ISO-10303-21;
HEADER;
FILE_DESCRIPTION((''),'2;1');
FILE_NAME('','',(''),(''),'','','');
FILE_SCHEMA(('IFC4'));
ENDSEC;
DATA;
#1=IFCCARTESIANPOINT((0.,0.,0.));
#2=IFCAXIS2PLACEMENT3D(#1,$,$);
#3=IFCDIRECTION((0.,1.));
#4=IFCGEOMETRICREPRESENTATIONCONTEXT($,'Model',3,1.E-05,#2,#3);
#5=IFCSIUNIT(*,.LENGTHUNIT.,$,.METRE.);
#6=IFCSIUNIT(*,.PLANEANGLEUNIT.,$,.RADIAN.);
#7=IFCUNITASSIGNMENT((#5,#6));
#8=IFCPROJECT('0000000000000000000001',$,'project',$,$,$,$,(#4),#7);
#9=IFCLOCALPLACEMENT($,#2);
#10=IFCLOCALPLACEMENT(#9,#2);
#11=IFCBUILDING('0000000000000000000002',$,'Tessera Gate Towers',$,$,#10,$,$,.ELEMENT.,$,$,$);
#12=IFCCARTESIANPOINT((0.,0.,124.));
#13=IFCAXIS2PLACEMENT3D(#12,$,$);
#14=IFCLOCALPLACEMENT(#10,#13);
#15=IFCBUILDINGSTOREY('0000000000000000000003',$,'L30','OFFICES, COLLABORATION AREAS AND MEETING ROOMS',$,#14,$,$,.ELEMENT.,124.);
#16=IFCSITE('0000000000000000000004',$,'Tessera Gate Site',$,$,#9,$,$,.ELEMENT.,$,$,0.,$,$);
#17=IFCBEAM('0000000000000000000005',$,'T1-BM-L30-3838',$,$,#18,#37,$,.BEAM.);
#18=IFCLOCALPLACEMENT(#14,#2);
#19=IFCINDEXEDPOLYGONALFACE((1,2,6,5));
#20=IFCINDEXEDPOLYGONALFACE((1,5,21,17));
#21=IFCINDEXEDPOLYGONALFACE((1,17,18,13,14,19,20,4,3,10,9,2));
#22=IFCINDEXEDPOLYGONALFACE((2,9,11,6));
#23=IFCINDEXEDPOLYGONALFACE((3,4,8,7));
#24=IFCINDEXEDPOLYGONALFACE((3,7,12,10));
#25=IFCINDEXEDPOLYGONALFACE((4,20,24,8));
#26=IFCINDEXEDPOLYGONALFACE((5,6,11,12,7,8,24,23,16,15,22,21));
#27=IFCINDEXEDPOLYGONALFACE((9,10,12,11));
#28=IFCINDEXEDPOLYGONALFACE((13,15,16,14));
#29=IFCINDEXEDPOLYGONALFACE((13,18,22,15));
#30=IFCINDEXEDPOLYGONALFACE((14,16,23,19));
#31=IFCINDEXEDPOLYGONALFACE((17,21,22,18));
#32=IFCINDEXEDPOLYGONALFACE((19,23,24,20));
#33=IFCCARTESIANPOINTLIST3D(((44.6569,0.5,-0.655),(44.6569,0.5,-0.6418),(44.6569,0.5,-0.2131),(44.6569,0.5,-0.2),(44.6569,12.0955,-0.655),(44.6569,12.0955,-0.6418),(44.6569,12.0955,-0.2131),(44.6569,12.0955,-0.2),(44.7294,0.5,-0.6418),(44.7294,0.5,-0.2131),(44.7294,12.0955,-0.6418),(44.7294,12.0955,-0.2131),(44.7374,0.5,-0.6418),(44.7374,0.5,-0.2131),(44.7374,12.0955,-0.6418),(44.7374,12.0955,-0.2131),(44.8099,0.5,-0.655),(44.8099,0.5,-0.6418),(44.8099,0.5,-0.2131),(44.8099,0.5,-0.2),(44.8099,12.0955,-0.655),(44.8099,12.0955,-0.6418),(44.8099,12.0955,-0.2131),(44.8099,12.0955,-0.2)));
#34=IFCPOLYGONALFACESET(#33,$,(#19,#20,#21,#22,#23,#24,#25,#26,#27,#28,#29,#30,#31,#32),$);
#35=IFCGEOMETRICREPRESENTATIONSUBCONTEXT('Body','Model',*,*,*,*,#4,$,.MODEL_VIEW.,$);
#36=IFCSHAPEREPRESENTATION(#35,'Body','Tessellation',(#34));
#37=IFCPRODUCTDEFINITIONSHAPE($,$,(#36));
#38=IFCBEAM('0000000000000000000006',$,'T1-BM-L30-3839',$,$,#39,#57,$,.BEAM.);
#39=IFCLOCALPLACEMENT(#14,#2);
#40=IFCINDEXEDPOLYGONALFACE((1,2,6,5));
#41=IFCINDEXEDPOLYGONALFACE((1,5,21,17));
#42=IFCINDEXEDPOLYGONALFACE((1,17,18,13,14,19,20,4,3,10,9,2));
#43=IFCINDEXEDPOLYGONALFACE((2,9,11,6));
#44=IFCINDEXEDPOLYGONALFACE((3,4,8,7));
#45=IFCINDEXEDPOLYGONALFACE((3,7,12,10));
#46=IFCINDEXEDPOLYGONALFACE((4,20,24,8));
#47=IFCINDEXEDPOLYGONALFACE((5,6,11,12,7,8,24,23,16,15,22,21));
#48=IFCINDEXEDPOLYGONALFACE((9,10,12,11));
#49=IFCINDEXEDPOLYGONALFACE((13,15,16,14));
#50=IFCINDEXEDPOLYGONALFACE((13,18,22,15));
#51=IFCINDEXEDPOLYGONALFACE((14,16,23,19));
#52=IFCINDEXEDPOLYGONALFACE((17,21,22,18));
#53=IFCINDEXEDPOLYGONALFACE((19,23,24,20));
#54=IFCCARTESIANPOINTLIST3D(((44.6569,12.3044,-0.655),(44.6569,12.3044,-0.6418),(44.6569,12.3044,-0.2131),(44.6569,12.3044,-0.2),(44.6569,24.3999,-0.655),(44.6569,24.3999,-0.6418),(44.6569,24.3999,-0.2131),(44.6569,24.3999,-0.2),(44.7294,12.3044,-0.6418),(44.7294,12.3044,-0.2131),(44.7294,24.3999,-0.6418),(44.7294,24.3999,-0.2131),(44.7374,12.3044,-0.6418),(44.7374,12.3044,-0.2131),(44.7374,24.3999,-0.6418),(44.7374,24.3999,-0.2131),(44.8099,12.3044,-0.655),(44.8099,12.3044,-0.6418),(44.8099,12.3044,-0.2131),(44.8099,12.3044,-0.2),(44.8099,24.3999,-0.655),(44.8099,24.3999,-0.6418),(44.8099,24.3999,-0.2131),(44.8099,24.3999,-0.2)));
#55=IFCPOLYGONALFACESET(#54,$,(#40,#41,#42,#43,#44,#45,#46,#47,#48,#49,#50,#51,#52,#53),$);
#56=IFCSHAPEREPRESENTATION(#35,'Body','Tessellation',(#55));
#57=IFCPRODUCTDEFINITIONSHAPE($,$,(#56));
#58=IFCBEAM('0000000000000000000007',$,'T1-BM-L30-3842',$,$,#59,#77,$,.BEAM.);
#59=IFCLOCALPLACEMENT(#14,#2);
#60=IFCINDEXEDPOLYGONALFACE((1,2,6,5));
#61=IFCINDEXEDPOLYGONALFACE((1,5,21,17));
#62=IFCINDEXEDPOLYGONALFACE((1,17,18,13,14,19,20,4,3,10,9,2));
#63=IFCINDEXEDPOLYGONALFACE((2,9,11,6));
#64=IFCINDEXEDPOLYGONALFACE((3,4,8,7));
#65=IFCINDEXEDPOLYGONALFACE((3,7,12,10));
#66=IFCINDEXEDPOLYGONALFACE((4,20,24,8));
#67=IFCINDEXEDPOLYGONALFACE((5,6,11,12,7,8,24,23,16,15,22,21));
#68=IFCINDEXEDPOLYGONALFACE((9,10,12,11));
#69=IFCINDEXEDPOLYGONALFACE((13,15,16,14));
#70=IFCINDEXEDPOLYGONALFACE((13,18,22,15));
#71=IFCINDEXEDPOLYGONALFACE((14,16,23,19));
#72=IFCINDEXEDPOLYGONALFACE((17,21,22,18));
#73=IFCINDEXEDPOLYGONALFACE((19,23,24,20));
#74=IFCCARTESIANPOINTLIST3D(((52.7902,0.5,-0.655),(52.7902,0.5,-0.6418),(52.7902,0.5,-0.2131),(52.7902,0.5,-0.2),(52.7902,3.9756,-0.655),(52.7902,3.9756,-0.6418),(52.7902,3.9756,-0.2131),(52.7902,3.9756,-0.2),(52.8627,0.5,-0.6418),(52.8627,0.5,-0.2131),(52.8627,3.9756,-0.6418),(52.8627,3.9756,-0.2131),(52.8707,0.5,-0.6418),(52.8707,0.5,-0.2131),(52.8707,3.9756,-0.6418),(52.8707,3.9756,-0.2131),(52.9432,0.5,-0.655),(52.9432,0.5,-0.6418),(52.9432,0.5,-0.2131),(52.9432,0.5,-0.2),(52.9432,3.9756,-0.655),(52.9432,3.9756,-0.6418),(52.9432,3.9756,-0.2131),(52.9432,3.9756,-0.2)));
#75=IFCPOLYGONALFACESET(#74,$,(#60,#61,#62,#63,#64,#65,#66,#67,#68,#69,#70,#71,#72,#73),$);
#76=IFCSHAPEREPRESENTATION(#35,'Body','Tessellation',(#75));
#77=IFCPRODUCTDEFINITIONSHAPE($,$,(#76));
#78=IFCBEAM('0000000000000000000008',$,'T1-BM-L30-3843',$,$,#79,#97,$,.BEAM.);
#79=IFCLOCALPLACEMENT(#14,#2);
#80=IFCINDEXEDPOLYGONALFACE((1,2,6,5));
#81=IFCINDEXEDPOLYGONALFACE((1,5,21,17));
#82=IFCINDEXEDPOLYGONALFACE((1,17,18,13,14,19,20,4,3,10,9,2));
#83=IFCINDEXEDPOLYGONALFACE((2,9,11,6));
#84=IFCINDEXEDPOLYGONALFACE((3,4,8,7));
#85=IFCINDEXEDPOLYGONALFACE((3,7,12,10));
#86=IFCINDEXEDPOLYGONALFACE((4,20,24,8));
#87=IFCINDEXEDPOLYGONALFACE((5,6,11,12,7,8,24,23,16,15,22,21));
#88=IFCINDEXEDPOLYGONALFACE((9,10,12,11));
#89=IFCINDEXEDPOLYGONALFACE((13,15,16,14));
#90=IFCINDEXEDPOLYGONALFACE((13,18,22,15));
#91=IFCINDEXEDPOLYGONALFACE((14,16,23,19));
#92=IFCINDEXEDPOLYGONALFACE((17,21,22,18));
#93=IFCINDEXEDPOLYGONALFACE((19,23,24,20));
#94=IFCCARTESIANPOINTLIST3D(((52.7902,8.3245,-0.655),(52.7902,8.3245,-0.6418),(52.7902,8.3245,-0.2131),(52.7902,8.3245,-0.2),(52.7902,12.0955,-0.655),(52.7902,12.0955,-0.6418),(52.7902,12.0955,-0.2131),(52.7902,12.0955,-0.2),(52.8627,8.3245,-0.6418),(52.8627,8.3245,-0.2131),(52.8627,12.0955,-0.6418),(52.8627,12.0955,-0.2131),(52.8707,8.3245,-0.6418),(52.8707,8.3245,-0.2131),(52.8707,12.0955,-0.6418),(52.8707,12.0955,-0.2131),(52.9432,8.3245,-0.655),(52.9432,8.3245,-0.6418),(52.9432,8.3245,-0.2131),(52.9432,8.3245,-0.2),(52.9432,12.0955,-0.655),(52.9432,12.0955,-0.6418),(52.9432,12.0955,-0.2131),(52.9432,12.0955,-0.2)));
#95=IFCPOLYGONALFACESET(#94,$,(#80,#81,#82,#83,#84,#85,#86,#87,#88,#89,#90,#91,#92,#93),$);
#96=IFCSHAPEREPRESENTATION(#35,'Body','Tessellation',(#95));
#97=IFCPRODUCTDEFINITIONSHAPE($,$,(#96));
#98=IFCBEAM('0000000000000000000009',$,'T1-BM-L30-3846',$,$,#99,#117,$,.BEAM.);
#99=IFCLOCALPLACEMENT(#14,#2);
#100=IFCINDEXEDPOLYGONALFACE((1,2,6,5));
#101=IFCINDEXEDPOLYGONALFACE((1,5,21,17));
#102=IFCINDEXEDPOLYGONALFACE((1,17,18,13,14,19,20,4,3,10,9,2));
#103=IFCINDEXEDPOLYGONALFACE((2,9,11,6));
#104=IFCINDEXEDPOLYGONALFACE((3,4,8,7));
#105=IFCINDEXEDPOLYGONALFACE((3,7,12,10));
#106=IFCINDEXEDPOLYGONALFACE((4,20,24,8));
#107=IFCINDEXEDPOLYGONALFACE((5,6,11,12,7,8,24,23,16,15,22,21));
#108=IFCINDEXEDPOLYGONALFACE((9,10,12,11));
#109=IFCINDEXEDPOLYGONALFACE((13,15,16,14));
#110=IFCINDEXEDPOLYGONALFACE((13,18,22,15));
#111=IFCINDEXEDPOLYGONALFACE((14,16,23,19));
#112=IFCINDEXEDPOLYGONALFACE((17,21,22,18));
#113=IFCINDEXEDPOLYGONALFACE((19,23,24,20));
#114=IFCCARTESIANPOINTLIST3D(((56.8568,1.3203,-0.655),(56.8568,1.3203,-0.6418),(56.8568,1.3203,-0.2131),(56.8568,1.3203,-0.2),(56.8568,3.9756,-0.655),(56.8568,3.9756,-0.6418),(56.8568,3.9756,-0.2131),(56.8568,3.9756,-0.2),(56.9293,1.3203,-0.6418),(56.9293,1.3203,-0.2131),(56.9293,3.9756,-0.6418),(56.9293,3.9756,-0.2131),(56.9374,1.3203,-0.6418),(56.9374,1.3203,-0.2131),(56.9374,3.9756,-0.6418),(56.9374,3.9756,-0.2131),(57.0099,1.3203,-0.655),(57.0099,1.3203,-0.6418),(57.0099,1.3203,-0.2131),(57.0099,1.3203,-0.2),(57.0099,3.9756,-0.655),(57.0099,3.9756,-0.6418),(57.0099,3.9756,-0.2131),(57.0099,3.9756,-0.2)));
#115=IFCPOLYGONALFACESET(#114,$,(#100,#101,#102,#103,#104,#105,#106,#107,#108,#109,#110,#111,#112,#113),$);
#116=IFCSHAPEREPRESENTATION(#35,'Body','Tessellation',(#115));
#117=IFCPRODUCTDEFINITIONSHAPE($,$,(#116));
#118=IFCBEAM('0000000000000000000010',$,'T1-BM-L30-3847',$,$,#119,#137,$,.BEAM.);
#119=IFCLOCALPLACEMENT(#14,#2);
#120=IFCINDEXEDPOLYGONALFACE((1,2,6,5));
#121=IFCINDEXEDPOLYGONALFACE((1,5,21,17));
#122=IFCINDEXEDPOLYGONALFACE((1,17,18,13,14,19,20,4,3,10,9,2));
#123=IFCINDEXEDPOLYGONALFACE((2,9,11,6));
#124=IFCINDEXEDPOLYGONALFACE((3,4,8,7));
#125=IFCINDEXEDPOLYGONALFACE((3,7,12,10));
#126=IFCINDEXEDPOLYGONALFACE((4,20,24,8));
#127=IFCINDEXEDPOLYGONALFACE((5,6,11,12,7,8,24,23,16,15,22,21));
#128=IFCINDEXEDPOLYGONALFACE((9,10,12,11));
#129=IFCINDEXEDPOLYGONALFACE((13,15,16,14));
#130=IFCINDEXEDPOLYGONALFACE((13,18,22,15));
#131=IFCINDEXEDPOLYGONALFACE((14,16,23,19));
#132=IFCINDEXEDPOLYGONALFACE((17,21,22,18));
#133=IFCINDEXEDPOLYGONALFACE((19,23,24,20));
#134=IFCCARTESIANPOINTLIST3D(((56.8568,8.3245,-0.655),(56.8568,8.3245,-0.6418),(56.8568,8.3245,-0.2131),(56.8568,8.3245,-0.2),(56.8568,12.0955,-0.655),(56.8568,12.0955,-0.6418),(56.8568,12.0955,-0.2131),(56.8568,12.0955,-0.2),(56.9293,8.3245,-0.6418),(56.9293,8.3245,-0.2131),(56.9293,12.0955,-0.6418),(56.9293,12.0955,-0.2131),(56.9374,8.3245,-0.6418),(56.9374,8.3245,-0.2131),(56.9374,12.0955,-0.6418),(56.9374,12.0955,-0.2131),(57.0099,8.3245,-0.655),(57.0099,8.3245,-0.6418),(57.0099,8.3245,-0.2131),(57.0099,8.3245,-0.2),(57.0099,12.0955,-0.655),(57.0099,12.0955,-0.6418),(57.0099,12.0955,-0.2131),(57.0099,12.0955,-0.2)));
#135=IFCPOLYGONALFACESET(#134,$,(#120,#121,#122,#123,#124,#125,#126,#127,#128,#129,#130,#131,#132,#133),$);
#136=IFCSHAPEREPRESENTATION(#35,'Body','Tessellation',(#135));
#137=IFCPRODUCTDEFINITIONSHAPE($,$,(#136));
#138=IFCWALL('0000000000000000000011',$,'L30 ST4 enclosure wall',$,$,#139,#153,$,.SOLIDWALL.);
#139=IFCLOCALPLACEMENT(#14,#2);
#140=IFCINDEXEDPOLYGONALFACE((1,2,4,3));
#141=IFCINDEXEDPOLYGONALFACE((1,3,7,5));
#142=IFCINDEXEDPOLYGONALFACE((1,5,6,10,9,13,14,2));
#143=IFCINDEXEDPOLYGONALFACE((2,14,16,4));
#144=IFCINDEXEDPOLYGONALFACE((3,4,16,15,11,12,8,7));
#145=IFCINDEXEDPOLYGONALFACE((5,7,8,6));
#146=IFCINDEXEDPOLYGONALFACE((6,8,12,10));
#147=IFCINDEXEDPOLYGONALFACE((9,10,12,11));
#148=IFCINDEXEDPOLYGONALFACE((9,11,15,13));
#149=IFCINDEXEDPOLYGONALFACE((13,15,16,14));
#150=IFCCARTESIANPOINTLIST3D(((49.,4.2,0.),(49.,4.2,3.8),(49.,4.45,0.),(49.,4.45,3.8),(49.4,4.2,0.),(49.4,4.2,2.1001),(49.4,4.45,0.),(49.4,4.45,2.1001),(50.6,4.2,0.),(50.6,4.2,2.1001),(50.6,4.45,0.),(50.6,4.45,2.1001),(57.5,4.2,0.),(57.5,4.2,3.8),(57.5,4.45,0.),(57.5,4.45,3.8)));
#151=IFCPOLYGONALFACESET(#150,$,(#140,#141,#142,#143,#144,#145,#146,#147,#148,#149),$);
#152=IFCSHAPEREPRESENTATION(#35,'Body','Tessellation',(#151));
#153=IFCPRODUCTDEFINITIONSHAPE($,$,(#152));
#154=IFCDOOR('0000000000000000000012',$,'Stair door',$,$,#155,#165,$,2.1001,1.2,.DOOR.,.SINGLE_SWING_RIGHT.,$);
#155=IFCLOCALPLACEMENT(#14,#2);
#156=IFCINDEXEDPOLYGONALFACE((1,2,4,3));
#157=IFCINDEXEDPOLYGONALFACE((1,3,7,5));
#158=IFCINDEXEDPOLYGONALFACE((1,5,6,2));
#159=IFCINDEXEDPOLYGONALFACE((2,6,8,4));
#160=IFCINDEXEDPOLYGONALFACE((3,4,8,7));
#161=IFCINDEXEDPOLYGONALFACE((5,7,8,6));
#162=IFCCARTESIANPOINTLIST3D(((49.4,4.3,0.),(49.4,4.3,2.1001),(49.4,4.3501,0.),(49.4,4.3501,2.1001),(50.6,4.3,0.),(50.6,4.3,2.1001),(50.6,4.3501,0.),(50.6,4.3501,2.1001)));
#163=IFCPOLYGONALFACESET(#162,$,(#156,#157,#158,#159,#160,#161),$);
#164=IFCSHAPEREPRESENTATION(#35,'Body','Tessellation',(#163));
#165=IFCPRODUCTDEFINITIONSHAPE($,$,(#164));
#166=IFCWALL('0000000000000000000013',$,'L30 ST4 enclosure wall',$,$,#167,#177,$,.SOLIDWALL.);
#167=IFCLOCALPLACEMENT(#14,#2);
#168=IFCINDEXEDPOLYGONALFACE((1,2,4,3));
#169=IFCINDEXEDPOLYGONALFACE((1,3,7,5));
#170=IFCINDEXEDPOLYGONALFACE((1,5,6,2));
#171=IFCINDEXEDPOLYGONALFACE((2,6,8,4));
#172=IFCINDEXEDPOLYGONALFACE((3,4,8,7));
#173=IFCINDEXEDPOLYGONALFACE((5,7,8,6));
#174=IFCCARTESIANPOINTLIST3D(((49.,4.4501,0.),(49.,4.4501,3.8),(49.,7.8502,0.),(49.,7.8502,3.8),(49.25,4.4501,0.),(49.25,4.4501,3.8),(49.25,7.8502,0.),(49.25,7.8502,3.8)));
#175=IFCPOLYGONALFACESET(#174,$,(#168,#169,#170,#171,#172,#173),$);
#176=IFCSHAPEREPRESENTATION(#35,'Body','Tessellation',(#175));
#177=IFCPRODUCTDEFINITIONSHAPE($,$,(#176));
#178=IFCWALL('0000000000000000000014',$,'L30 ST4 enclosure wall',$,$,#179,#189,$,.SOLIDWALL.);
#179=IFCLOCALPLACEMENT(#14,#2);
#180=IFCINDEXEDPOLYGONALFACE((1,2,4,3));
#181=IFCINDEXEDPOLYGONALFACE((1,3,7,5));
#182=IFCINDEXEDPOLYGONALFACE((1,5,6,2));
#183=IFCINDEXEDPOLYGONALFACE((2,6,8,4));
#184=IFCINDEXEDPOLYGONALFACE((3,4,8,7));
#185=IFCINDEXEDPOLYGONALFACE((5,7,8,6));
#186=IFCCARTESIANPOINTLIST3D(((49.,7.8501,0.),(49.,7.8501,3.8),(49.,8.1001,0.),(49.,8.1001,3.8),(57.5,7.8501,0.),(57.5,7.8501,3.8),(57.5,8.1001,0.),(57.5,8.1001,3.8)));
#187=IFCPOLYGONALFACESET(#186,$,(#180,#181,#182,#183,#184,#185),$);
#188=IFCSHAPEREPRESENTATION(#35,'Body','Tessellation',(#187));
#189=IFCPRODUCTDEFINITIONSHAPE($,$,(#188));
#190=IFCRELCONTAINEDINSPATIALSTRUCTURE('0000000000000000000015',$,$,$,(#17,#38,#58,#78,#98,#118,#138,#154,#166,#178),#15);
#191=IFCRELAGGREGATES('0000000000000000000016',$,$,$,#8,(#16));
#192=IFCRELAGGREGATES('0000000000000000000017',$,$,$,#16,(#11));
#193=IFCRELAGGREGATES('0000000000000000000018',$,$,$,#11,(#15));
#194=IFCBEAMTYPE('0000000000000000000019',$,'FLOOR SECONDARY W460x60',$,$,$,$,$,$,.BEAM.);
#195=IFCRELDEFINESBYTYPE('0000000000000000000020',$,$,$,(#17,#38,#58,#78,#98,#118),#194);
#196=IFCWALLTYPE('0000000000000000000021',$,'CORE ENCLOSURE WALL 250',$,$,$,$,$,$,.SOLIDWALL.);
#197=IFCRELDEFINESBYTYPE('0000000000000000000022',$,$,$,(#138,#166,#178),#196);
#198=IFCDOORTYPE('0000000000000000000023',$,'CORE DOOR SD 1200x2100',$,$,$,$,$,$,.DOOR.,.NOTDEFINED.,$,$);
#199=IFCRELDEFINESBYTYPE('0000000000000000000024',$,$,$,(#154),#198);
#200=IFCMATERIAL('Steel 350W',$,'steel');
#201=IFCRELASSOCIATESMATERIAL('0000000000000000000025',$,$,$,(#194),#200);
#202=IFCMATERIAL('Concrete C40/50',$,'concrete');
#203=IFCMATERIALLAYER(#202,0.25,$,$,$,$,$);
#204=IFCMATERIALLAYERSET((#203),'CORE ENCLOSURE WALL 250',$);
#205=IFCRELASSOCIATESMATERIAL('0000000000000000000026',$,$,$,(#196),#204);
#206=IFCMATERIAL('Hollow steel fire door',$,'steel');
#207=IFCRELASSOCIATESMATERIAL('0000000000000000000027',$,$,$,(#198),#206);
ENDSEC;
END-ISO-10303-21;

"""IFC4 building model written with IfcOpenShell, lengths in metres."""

from ifc_helpers import new_model, si_unit, direction, frame, frame_2d, origin, origin_2d, place, context, subcontext, project, spatial, rectangle, i_section, extrude, source, transform, mapped, material, layer, layer_set, material_profile, profile_set, type_object, element, fill, save


model = new_model("IFC4")

# Units and contexts
model_context = context("Model", 3, precision=1e-05, world=origin(), true_north=direction((0.0, 1.0)))
body_context = subcontext(model_context, "Body", "Model", "MODEL_VIEW")
ifc_project = project(units=[si_unit("LENGTHUNIT", "METRE"), si_unit("PLANEANGLEUNIT", "RADIAN")], contexts=[model_context])

# Site, building, storey
site_placement = place(None, origin())
site = spatial("IfcSite", under=ifc_project, at=site_placement, Name="Tessera Gate Site", CompositionType="ELEMENT", RefElevation=0.0)
building_placement = place(site_placement, origin())
building = spatial("IfcBuilding", under=site, at=building_placement, Name="Tessera Gate Towers", CompositionType="ELEMENT")
storey_placement = place(building_placement, frame((0.0, 0.0, 124.0)))
storey = spatial("IfcBuildingStorey", under=building, at=storey_placement, Name="L30", Description="OFFICES, COLLABORATION AREAS AND MEETING ROOMS", CompositionType="ELEMENT", Elevation=124.0)

# Beams
ifc_material_1 = material(Name="Steel 350W", Category="steel")
ifc_material_profile_1 = material_profile(ifc_material_1, i_section(OverallWidth=0.1531, OverallDepth=0.4551, WebThickness=0.0081, FlangeThickness=0.0132, at=origin_2d()), Name="W460x60")
ifc_profile_set_1 = profile_set([ifc_material_profile_1], Name="Steel 350W")
beam_type_1 = type_object("IfcBeamType", Name="FLOOR SECONDARY W460x60", PredefinedType="BEAM", material=ifc_profile_set_1)
beam_1_placement = place(storey_placement, frame((44.7334, 0.5, -0.4275), z_axis=(0.0, 1.0, 0.0), x_axis=(-1.0, 0.0, 0.0)))
element("IfcBeam", 1, at=beam_1_placement, inside=storey, type_object=beam_type_1, Name="T1-BM-L30-3838", PredefinedType="BEAM", context=body_context, shape_type="SweptSolid", body=[
    extrude(i_section(OverallWidth=0.1531, OverallDepth=0.4551, WebThickness=0.0081, FlangeThickness=0.0132, at=origin_2d()), origin(), (0.0, 0.0, 1.0), 11.5955),
])
beam_2_placement = place(storey_placement, frame((44.7334, 12.3044, -0.4275), z_axis=(0.0, 1.0, 0.0), x_axis=(-1.0, 0.0, 0.0)))
element("IfcBeam", 2, at=beam_2_placement, inside=storey, type_object=beam_type_1, Name="T1-BM-L30-3839", PredefinedType="BEAM", context=body_context, shape_type="SweptSolid", body=[
    extrude(i_section(OverallWidth=0.1531, OverallDepth=0.4551, WebThickness=0.0081, FlangeThickness=0.0132, at=origin_2d()), origin(), (0.0, 0.0, 1.0), 12.0955),
])
beam_3_placement = place(storey_placement, frame((52.8667, 0.5, -0.4275), z_axis=(0.0, 1.0, 0.0), x_axis=(-1.0, 0.0, 0.0)))
element("IfcBeam", 3, at=beam_3_placement, inside=storey, type_object=beam_type_1, Name="T1-BM-L30-3842", PredefinedType="BEAM", context=body_context, shape_type="SweptSolid", body=[
    extrude(i_section(OverallWidth=0.1531, OverallDepth=0.4551, WebThickness=0.0081, FlangeThickness=0.0132, at=origin_2d()), origin(), (0.0, 0.0, 1.0), 3.4756),
])
beam_4_placement = place(storey_placement, frame((52.8667, 8.3245, -0.4275), z_axis=(0.0, 1.0, 0.0), x_axis=(-1.0, 0.0, 0.0)))
element("IfcBeam", 4, at=beam_4_placement, inside=storey, type_object=beam_type_1, Name="T1-BM-L30-3843", PredefinedType="BEAM", context=body_context, shape_type="SweptSolid", body=[
    extrude(i_section(OverallWidth=0.1531, OverallDepth=0.4551, WebThickness=0.0081, FlangeThickness=0.0132, at=origin_2d()), origin(), (0.0, 0.0, 1.0), 3.771),
])
beam_5_placement = place(storey_placement, frame((56.9333, 1.3203, -0.4275), z_axis=(0.0, 1.0, 0.0), x_axis=(-1.0, 0.0, 0.0)))
element("IfcBeam", 5, at=beam_5_placement, inside=storey, type_object=beam_type_1, Name="T1-BM-L30-3846", PredefinedType="BEAM", context=body_context, shape_type="SweptSolid", body=[
    extrude(i_section(OverallWidth=0.1531, OverallDepth=0.4551, WebThickness=0.0081, FlangeThickness=0.0132, at=origin_2d()), origin(), (0.0, 0.0, 1.0), 2.6553),
])
beam_6_placement = place(storey_placement, frame((56.9333, 8.3245, -0.4275), z_axis=(0.0, 1.0, 0.0), x_axis=(-1.0, 0.0, 0.0)))
element("IfcBeam", 6, at=beam_6_placement, inside=storey, type_object=beam_type_1, Name="T1-BM-L30-3847", PredefinedType="BEAM", context=body_context, shape_type="SweptSolid", body=[
    extrude(i_section(OverallWidth=0.1531, OverallDepth=0.4551, WebThickness=0.0081, FlangeThickness=0.0132, at=origin_2d()), origin(), (0.0, 0.0, 1.0), 3.771),
])

# Wall, opening, door
ifc_material_2 = material(Name="Concrete C40/50", Category="concrete")
ifc_layer_1 = layer(ifc_material_2, 0.25)
ifc_layer_set_1 = layer_set([ifc_layer_1], Name="CORE ENCLOSURE WALL 250")
wall_type_1 = type_object("IfcWallType", Name="CORE ENCLOSURE WALL 250", PredefinedType="SOLIDWALL", material=ifc_layer_set_1)
wall_1_placement = place(storey_placement, frame((57.5, 4.325, 0.0), z_axis=(0.0, 0.0, 1.0), x_axis=(-1.0, 0.0, 0.0)))
wall_1 = element("IfcWall", 7, at=wall_1_placement, inside=storey, type_object=wall_type_1, Name="L30 ST4 enclosure wall", PredefinedType="SOLIDWALL", context=body_context, shape_type="SweptSolid", body=[
    extrude(rectangle(XDim=8.5, YDim=0.25, at=frame_2d((4.25, 0.0))), origin(), (0.0, 0.0, 1.0), 3.8),
])
shared_shape_1 = source(origin(), body_context, "Body", "SweptSolid", [
    extrude(rectangle(XDim=1.2, YDim=2.1001, at=frame_2d((0.6001, 1.05))), frame((0.0, 0.135, 0.0), z_axis=(0.0, -1.0, 0.0), x_axis=(1.0, 0.0, 0.0)), (0.0, 0.0, 1.0), 0.27),
])
opening_1_placement = place(wall_1_placement, frame((6.8999, 0.0, 0.0)))
opening_1 = element("IfcOpeningElement", 8, at=opening_1_placement, cuts=wall_1, PredefinedType="OPENING", context=body_context, shape_type="MappedRepresentation", body=[
    mapped(shared_shape_1, transform((0.0, 0.0, 0.0), scale=1.0)),
])
ifc_material_3 = material(Name="Hollow steel fire door", Category="steel")
door_type_1 = type_object("IfcDoorType", Name="CORE DOOR SD 1200x2100", OperationType="NOTDEFINED", PredefinedType="DOOR", material=ifc_material_3)
shared_shape_2 = source(origin(), body_context, "Body", "SweptSolid", [
    extrude(rectangle(XDim=1.2, YDim=2.1001, at=frame_2d((0.6001, 1.05))), frame((0.0, 0.0249, 0.0), z_axis=(0.0, -1.0, 0.0), x_axis=(1.0, 0.0, 0.0)), (0.0, 0.0, 1.0), 0.05),
])
door_1_placement = place(opening_1_placement, origin())
door_1 = element("IfcDoor", 9, at=door_1_placement, inside=storey, type_object=door_type_1, Name="Stair door", OperationType="SINGLE_SWING_RIGHT", OverallHeight=2.1001, OverallWidth=1.2, PredefinedType="DOOR", context=body_context, shape_type="MappedRepresentation", body=[
    mapped(shared_shape_2, transform((0.0, 0.0, 0.0), scale=1.0)),
])
fill(opening_1, door_1)

# Walls
wall_2_placement = place(storey_placement, frame((49.125, 4.45, 0.0), z_axis=(0.0, 0.0, 1.0), x_axis=(0.0, 1.0, 0.0)))
element("IfcWall", 10, at=wall_2_placement, inside=storey, type_object=wall_type_1, Name="L30 ST4 enclosure wall", PredefinedType="SOLIDWALL", context=body_context, shape_type="SweptSolid", body=[
    extrude(rectangle(XDim=3.4001, YDim=0.25, at=frame_2d((1.7002, 0.0))), origin(), (0.0, 0.0, 1.0), 3.8),
])
wall_3_placement = place(storey_placement, frame((49.0, 7.9751, 0.0), z_axis=(0.0, 0.0, 1.0), x_axis=(1.0, 0.0, 0.0)))
element("IfcWall", 11, at=wall_3_placement, inside=storey, type_object=wall_type_1, Name="L30 ST4 enclosure wall", PredefinedType="SOLIDWALL", context=body_context, shape_type="SweptSolid", body=[
    extrude(rectangle(XDim=8.5, YDim=0.25, at=frame_2d((4.25, 0.0))), origin(), (0.0, 0.0, 1.0), 3.8),
])

save(model, "model.ifc")
